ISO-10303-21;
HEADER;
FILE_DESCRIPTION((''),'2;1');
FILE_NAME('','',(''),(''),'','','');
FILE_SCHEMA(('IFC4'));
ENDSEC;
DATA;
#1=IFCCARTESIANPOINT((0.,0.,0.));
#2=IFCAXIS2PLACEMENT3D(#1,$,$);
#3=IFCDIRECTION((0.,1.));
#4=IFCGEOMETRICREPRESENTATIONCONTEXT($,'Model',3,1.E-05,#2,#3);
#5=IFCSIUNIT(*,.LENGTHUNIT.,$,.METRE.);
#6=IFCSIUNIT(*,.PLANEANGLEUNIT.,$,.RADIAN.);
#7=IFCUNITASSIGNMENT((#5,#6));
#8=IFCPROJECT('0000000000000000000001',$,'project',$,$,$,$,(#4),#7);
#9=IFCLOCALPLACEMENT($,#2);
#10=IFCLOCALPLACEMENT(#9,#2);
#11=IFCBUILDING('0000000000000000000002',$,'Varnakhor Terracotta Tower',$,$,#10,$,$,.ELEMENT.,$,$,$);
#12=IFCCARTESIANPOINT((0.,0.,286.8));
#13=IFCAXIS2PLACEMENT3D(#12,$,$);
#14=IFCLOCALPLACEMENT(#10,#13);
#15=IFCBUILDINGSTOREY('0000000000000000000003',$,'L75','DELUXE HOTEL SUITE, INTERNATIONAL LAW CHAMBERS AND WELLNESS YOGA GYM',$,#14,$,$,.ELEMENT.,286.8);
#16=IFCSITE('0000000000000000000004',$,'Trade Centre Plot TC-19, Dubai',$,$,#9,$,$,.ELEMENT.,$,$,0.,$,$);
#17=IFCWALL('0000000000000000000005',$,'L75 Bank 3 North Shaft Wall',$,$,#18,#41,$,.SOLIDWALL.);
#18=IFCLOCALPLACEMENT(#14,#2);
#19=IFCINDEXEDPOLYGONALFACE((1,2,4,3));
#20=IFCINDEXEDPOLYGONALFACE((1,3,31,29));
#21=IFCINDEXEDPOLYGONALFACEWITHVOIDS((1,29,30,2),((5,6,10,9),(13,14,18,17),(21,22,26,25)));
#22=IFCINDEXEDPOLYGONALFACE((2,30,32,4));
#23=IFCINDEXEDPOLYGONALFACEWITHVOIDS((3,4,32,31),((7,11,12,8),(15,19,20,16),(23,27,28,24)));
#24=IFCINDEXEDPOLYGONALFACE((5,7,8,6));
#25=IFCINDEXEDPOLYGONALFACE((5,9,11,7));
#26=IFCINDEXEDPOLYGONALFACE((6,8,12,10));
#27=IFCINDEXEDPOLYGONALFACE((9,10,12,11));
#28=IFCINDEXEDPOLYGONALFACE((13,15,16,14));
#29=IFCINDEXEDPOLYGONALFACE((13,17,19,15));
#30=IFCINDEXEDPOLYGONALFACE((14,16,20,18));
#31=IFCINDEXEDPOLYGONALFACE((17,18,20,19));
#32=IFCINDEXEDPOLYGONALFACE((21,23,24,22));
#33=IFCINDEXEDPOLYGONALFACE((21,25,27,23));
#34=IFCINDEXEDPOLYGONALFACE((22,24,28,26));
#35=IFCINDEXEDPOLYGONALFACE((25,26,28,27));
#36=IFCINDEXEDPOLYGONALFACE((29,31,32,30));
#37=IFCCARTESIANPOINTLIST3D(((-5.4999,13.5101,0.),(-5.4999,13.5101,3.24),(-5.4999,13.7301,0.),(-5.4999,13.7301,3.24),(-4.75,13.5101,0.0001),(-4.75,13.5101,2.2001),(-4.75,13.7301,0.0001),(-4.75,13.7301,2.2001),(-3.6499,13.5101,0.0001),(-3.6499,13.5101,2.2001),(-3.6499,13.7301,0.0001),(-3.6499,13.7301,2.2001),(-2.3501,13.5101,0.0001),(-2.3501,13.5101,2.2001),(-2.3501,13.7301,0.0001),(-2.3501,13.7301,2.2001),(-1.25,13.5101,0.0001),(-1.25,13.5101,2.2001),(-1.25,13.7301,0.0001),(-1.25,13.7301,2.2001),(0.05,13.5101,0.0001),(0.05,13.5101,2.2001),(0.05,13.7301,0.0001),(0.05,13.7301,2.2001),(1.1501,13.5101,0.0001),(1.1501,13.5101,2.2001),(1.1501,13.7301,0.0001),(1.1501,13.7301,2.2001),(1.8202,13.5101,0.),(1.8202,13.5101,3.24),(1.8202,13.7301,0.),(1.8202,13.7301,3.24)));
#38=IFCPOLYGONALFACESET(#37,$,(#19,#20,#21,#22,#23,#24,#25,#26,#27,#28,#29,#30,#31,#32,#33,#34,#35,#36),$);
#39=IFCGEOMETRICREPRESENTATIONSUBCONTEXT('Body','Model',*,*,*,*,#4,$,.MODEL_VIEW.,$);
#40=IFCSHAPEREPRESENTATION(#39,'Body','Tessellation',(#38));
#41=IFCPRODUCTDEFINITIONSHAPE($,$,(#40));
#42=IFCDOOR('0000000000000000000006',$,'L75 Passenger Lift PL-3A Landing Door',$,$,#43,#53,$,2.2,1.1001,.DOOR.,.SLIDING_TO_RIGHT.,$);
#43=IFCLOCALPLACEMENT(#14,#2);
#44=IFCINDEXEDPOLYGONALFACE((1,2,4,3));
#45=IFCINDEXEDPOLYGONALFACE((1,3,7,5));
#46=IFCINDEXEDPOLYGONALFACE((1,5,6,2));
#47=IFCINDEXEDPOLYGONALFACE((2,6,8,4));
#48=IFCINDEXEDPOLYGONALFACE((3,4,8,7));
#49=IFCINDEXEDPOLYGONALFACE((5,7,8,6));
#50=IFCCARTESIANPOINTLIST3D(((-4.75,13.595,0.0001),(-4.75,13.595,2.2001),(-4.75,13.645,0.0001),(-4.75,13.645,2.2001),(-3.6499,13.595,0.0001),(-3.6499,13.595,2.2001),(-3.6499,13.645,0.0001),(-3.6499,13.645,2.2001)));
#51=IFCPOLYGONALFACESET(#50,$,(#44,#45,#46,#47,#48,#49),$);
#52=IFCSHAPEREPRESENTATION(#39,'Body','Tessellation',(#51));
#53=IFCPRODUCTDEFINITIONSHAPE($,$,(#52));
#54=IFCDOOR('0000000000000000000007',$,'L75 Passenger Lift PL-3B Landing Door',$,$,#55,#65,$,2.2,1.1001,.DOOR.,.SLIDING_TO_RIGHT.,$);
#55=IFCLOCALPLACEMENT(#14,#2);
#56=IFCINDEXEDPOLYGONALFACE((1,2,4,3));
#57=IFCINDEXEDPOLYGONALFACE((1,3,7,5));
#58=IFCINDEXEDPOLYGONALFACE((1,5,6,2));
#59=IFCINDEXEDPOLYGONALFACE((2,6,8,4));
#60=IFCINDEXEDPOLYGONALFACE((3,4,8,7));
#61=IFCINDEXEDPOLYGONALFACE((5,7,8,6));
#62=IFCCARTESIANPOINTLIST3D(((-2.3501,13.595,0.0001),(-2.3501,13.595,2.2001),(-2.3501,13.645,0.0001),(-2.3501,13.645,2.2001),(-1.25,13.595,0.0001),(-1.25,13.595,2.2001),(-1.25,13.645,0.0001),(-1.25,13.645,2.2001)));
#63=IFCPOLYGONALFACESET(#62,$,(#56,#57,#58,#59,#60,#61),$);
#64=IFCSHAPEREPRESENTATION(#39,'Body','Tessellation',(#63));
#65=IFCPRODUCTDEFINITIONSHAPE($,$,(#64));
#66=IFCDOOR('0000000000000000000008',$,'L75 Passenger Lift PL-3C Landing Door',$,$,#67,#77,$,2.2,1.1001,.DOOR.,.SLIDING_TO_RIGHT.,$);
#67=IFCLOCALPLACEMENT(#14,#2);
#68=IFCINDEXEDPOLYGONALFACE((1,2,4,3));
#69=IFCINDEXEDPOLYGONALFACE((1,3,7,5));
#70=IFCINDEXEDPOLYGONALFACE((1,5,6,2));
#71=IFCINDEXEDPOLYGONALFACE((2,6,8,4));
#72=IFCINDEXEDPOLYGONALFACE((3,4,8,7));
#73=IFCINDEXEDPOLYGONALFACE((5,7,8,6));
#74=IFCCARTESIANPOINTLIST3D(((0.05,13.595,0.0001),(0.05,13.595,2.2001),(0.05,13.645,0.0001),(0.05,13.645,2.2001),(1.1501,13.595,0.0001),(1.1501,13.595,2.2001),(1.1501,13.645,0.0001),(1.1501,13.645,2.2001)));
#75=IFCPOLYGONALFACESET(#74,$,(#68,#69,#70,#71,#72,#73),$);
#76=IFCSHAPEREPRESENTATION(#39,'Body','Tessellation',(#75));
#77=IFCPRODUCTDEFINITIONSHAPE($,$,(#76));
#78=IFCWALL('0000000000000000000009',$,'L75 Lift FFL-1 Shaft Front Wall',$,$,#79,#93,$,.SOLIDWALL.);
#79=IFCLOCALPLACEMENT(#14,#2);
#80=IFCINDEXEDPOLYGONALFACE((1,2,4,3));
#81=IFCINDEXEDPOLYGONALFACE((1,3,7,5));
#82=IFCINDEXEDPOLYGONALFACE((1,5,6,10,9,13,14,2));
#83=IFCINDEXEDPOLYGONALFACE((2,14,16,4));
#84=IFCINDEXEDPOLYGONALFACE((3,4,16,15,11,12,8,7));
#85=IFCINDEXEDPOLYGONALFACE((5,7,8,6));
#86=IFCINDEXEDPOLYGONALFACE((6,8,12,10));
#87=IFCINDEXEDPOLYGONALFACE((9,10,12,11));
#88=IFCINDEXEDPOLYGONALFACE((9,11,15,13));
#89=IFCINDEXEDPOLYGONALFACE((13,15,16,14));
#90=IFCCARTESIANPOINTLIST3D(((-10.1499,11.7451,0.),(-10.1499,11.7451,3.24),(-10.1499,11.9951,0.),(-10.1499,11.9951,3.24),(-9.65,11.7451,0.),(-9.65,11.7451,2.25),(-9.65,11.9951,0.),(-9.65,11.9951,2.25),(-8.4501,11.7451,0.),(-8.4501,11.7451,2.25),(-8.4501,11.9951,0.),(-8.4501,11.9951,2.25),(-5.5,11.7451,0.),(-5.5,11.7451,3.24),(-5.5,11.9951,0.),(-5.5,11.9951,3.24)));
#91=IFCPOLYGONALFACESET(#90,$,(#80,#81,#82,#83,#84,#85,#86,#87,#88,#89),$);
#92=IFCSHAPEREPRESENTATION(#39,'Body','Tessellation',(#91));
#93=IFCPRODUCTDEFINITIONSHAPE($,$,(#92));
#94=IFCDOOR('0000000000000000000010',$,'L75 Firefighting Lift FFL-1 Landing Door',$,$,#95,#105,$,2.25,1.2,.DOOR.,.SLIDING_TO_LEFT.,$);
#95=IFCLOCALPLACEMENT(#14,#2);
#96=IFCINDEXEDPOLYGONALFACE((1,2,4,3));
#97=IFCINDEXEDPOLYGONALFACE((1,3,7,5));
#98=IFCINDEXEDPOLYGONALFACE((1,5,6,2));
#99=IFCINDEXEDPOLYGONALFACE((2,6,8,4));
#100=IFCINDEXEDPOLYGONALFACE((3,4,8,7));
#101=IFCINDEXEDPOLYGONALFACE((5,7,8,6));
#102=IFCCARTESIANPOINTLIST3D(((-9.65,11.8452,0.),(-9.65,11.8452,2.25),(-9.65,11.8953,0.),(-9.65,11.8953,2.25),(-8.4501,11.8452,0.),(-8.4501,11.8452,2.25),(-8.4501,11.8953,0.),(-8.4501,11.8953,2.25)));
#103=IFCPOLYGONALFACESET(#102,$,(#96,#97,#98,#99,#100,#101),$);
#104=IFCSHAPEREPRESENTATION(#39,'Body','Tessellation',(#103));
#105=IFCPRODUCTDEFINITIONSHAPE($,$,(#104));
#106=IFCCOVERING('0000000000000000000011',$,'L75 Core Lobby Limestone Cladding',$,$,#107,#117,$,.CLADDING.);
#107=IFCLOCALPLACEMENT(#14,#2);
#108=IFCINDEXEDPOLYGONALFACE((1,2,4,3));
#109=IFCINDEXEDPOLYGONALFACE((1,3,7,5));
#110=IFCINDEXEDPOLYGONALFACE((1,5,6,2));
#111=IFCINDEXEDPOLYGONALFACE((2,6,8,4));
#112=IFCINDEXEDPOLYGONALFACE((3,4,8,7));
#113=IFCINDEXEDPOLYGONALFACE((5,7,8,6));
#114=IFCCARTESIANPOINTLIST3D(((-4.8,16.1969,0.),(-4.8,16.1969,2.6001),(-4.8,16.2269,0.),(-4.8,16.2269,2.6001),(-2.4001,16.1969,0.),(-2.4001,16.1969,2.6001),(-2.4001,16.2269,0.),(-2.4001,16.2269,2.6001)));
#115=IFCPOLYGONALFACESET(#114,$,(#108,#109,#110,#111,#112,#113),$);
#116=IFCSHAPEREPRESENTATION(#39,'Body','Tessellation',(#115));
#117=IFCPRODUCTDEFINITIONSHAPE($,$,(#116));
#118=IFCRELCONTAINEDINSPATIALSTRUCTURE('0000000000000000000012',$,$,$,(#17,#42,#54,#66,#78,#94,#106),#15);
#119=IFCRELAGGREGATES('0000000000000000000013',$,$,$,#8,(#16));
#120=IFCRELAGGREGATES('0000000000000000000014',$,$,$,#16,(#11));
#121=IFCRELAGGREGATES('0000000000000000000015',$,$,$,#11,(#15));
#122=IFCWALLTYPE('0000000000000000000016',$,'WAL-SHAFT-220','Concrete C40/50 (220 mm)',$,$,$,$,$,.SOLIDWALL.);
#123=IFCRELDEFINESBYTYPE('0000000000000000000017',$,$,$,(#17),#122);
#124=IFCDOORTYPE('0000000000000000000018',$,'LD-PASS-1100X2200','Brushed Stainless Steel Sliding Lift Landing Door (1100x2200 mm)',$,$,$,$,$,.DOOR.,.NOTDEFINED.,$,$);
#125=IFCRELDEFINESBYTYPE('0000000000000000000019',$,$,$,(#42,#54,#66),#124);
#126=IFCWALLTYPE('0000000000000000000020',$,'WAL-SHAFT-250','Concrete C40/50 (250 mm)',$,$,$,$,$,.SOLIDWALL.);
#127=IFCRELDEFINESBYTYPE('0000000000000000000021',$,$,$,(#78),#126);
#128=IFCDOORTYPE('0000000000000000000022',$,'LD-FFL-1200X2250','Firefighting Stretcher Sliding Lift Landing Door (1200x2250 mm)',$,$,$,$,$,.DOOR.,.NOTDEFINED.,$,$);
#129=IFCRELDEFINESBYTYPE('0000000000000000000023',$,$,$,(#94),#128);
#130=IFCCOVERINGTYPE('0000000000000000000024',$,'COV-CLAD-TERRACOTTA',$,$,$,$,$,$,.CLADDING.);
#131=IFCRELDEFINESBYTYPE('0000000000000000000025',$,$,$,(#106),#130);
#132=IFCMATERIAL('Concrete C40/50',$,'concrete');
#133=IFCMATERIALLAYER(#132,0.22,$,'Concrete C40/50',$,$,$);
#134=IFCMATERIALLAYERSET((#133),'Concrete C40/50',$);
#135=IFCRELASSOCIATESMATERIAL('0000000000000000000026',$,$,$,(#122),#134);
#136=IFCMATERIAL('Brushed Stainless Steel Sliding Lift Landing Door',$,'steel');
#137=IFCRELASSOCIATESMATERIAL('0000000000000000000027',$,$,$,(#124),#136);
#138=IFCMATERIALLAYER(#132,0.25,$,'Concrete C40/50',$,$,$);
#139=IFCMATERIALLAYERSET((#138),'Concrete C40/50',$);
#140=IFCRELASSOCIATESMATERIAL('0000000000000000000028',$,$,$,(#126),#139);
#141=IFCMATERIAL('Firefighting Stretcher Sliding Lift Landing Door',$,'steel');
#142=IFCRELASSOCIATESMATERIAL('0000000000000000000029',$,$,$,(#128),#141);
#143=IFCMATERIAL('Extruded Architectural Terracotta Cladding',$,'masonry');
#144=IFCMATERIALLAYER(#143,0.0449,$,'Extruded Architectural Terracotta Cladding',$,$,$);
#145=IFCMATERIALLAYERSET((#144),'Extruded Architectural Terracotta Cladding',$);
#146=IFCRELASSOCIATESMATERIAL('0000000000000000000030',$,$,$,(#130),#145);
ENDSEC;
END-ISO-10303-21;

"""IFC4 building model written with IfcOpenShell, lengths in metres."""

from ifc_helpers import new_model, si_unit, direction, frame, frame_2d, origin, origin_2d, place, context, subcontext, project, spatial, rectangle, extrude, source, transform, mapped, material, layer, layer_set, type_object, type_shapes, element, fill, save


model = new_model("IFC4")

# Units and contexts
model_context = context("Model", 3, precision=1e-05, world=origin(), true_north=direction((0.0, 1.0)))
body_context = subcontext(model_context, "Body", "Model", "MODEL_VIEW")
ifc_project = project(units=[si_unit("LENGTHUNIT", "METRE"), si_unit("PLANEANGLEUNIT", "RADIAN")], contexts=[model_context])

# Site, building, storey
site_placement = place(None, origin())
site = spatial("IfcSite", under=ifc_project, at=site_placement, Name="Trade Centre Plot TC-19, Dubai", CompositionType="ELEMENT", RefElevation=0.0)
building_placement = place(site_placement, origin())
building = spatial("IfcBuilding", under=site, at=building_placement, Name="Varnakhor Terracotta Tower", CompositionType="ELEMENT")
storey_placement = place(building_placement, frame((0.0, 0.0, 286.8)))
storey = spatial("IfcBuildingStorey", under=building, at=storey_placement, Name="L75", Description="DELUXE HOTEL SUITE, INTERNATIONAL LAW CHAMBERS AND WELLNESS YOGA GYM", CompositionType="ELEMENT", Elevation=286.8)

# Shared definitions
ifc_material_1 = material(Name="Concrete C40/50", Category="concrete")
ifc_layer_1 = layer(ifc_material_1, 0.22, Name="Concrete C40/50")
ifc_layer_set_1 = layer_set([ifc_layer_1], Name="Concrete C40/50")
wall_type_1 = type_object("IfcWallType", Name="WAL-SHAFT-220", Description="Concrete C40/50 (220 mm)", PredefinedType="SOLIDWALL", material=ifc_layer_set_1)

# Wall, openings, doors
wall_1_placement = place(storey_placement, frame((-5.5, 13.6201, 0.0), z_axis=(0.0, 0.0, 1.0), x_axis=(1.0, 0.0, 0.0)))
wall_1 = element("IfcWall", 1, at=wall_1_placement, inside=storey, type_object=wall_type_1, Name="L75 Bank 3 North Shaft Wall", PredefinedType="SOLIDWALL", context=body_context, shape_type="SweptSolid", body=[
    extrude(rectangle(XDim=7.3201, YDim=0.22, at=frame_2d((3.6602, 0.0))), origin(), (0.0, 0.0, 1.0), 3.24),
])
opening_1_placement = place(wall_1_placement, frame((0.75, 0.0, 0.0)))
opening_1 = element("IfcOpeningElement", 2, at=opening_1_placement, cuts=wall_1, PredefinedType="OPENING", context=body_context, shape_type="SweptSolid", body=[
    extrude(rectangle(XDim=1.1001, YDim=2.2, at=frame_2d((0.55, 1.1001))), frame((0.0, 0.1201, 0.0), z_axis=(0.0, -1.0, 0.0), x_axis=(1.0, 0.0, 0.0)), (0.0, 0.0, 1.0), 0.24),
])
opening_2_placement = place(wall_1_placement, frame((3.1499, 0.0, 0.0)))
opening_2 = element("IfcOpeningElement", 3, at=opening_2_placement, cuts=wall_1, PredefinedType="OPENING", context=body_context, shape_type="SweptSolid", body=[
    extrude(rectangle(XDim=1.1001, YDim=2.2, at=frame_2d((0.55, 1.1001))), frame((0.0, 0.1201, 0.0), z_axis=(0.0, -1.0, 0.0), x_axis=(1.0, 0.0, 0.0)), (0.0, 0.0, 1.0), 0.24),
])
opening_3_placement = place(wall_1_placement, frame((5.55, 0.0, 0.0)))
opening_3 = element("IfcOpeningElement", 4, at=opening_3_placement, cuts=wall_1, PredefinedType="OPENING", context=body_context, shape_type="SweptSolid", body=[
    extrude(rectangle(XDim=1.1001, YDim=2.2, at=frame_2d((0.55, 1.1001))), frame((0.0, 0.1201, 0.0), z_axis=(0.0, -1.0, 0.0), x_axis=(1.0, 0.0, 0.0)), (0.0, 0.0, 1.0), 0.24),
])
ifc_material_2 = material(Name="Brushed Stainless Steel Sliding Lift Landing Door", Category="steel")
door_type_1 = type_object("IfcDoorType", Name="LD-PASS-1100X2200", Description="Brushed Stainless Steel Sliding Lift Landing Door (1100x2200 mm)", OperationType="NOTDEFINED", PredefinedType="DOOR", material=ifc_material_2)
shared_shape_1 = source(origin(), body_context, "Body", "SweptSolid", [
    extrude(rectangle(XDim=1.1001, YDim=2.2, at=frame_2d((0.55, 1.1001))), frame((0.0, 0.0249, 0.0), z_axis=(0.0, -1.0, 0.0), x_axis=(1.0, 0.0, 0.0)), (0.0, 0.0, 1.0), 0.05),
])
type_shapes(door_type_1, [shared_shape_1])
door_1_placement = place(opening_1_placement, origin())
door_1 = element("IfcDoor", 5, at=door_1_placement, inside=storey, type_object=door_type_1, Name="L75 Passenger Lift PL-3A Landing Door", OperationType="SLIDING_TO_RIGHT", OverallHeight=2.2, OverallWidth=1.1001, PredefinedType="DOOR", context=body_context, shape_type="MappedRepresentation", body=[
    mapped(shared_shape_1, transform((0.0, 0.0, 0.0), scale=1.0)),
])
fill(opening_1, door_1)
door_2_placement = place(opening_2_placement, origin())
door_2 = element("IfcDoor", 6, at=door_2_placement, inside=storey, type_object=door_type_1, Name="L75 Passenger Lift PL-3B Landing Door", OperationType="SLIDING_TO_RIGHT", OverallHeight=2.2, OverallWidth=1.1001, PredefinedType="DOOR", context=body_context, shape_type="MappedRepresentation", body=[
    mapped(shared_shape_1, transform((0.0, 0.0, 0.0), scale=1.0)),
])
fill(opening_2, door_2)
door_3_placement = place(opening_3_placement, origin())
door_3 = element("IfcDoor", 7, at=door_3_placement, inside=storey, type_object=door_type_1, Name="L75 Passenger Lift PL-3C Landing Door", OperationType="SLIDING_TO_RIGHT", OverallHeight=2.2, OverallWidth=1.1001, PredefinedType="DOOR", context=body_context, shape_type="MappedRepresentation", body=[
    mapped(shared_shape_1, transform((0.0, 0.0, 0.0), scale=1.0)),
])
fill(opening_3, door_3)

# Wall, opening, door
ifc_layer_2 = layer(ifc_material_1, 0.25, Name="Concrete C40/50")
ifc_layer_set_2 = layer_set([ifc_layer_2], Name="Concrete C40/50")
wall_type_2 = type_object("IfcWallType", Name="WAL-SHAFT-250", Description="Concrete C40/50 (250 mm)", PredefinedType="SOLIDWALL", material=ifc_layer_set_2)
wall_2_placement = place(storey_placement, frame((-5.5, 11.8701, 0.0), z_axis=(0.0, 0.0, 1.0), x_axis=(-1.0, 0.0, 0.0)))
wall_2 = element("IfcWall", 8, at=wall_2_placement, inside=storey, type_object=wall_type_2, Name="L75 Lift FFL-1 Shaft Front Wall", PredefinedType="SOLIDWALL", context=body_context, shape_type="SweptSolid", body=[
    extrude(rectangle(XDim=4.6499, YDim=0.25, at=frame_2d((2.325, 0.0))), origin(), (0.0, 0.0, 1.0), 3.24),
])
opening_4_placement = place(wall_2_placement, frame((2.95, 0.0, 0.0)))
opening_4 = element("IfcOpeningElement", 9, at=opening_4_placement, cuts=wall_2, PredefinedType="OPENING", context=body_context, shape_type="SweptSolid", body=[
    extrude(rectangle(XDim=1.2, YDim=2.25, at=frame_2d((0.6001, 1.125))), frame((0.0, 0.135, 0.0), z_axis=(0.0, -1.0, 0.0), x_axis=(1.0, 0.0, 0.0)), (0.0, 0.0, 1.0), 0.27),
])
ifc_material_3 = material(Name="Firefighting Stretcher Sliding Lift Landing Door", Category="steel")
door_type_2 = type_object("IfcDoorType", Name="LD-FFL-1200X2250", Description="Firefighting Stretcher Sliding Lift Landing Door (1200x2250 mm)", OperationType="NOTDEFINED", PredefinedType="DOOR", material=ifc_material_3)
shared_shape_2 = source(origin(), body_context, "Body", "SweptSolid", [
    extrude(rectangle(XDim=1.2, YDim=2.25, at=frame_2d((0.6001, 1.125))), frame((0.0, 0.0249, 0.0), z_axis=(0.0, -1.0, 0.0), x_axis=(1.0, 0.0, 0.0)), (0.0, 0.0, 1.0), 0.05),
])
type_shapes(door_type_2, [shared_shape_2])
door_4_placement = place(opening_4_placement, origin())
door_4 = element("IfcDoor", 10, at=door_4_placement, inside=storey, type_object=door_type_2, Name="L75 Firefighting Lift FFL-1 Landing Door", OperationType="SLIDING_TO_LEFT", OverallHeight=2.25, OverallWidth=1.2, PredefinedType="DOOR", context=body_context, shape_type="MappedRepresentation", body=[
    mapped(shared_shape_2, transform((0.0, 0.0, 0.0), scale=1.0)),
])
fill(opening_4, door_4)

# Covering
ifc_material_4 = material(Name="Extruded Architectural Terracotta Cladding", Category="masonry")
ifc_layer_3 = layer(ifc_material_4, 0.0449, Name="Extruded Architectural Terracotta Cladding")
ifc_layer_set_3 = layer_set([ifc_layer_3], Name="Extruded Architectural Terracotta Cladding")
covering_type = type_object("IfcCoveringType", Name="COV-CLAD-TERRACOTTA", PredefinedType="CLADDING", material=ifc_layer_set_3)
shared_shape_3 = source(origin(), body_context, "Body", "SweptSolid", [
    extrude(rectangle(XDim=2.3999, YDim=0.03, at=origin_2d()), origin(), (0.0, 0.0, 1.0), 2.6001),
])
type_shapes(covering_type, [shared_shape_3])
covering_placement = place(storey_placement, frame((-3.6001, 16.2119, 0.0), z_axis=(0.0, 0.0, 1.0), x_axis=(1.0, 0.0, 0.0)))
element("IfcCovering", 11, at=covering_placement, inside=storey, type_object=covering_type, Name="L75 Core Lobby Limestone Cladding", PredefinedType="CLADDING", context=body_context, shape_type="MappedRepresentation", body=[
    mapped(shared_shape_3, transform((0.0, 0.0, 0.0), scale=1.0)),
])

save(model, "model.ifc")
